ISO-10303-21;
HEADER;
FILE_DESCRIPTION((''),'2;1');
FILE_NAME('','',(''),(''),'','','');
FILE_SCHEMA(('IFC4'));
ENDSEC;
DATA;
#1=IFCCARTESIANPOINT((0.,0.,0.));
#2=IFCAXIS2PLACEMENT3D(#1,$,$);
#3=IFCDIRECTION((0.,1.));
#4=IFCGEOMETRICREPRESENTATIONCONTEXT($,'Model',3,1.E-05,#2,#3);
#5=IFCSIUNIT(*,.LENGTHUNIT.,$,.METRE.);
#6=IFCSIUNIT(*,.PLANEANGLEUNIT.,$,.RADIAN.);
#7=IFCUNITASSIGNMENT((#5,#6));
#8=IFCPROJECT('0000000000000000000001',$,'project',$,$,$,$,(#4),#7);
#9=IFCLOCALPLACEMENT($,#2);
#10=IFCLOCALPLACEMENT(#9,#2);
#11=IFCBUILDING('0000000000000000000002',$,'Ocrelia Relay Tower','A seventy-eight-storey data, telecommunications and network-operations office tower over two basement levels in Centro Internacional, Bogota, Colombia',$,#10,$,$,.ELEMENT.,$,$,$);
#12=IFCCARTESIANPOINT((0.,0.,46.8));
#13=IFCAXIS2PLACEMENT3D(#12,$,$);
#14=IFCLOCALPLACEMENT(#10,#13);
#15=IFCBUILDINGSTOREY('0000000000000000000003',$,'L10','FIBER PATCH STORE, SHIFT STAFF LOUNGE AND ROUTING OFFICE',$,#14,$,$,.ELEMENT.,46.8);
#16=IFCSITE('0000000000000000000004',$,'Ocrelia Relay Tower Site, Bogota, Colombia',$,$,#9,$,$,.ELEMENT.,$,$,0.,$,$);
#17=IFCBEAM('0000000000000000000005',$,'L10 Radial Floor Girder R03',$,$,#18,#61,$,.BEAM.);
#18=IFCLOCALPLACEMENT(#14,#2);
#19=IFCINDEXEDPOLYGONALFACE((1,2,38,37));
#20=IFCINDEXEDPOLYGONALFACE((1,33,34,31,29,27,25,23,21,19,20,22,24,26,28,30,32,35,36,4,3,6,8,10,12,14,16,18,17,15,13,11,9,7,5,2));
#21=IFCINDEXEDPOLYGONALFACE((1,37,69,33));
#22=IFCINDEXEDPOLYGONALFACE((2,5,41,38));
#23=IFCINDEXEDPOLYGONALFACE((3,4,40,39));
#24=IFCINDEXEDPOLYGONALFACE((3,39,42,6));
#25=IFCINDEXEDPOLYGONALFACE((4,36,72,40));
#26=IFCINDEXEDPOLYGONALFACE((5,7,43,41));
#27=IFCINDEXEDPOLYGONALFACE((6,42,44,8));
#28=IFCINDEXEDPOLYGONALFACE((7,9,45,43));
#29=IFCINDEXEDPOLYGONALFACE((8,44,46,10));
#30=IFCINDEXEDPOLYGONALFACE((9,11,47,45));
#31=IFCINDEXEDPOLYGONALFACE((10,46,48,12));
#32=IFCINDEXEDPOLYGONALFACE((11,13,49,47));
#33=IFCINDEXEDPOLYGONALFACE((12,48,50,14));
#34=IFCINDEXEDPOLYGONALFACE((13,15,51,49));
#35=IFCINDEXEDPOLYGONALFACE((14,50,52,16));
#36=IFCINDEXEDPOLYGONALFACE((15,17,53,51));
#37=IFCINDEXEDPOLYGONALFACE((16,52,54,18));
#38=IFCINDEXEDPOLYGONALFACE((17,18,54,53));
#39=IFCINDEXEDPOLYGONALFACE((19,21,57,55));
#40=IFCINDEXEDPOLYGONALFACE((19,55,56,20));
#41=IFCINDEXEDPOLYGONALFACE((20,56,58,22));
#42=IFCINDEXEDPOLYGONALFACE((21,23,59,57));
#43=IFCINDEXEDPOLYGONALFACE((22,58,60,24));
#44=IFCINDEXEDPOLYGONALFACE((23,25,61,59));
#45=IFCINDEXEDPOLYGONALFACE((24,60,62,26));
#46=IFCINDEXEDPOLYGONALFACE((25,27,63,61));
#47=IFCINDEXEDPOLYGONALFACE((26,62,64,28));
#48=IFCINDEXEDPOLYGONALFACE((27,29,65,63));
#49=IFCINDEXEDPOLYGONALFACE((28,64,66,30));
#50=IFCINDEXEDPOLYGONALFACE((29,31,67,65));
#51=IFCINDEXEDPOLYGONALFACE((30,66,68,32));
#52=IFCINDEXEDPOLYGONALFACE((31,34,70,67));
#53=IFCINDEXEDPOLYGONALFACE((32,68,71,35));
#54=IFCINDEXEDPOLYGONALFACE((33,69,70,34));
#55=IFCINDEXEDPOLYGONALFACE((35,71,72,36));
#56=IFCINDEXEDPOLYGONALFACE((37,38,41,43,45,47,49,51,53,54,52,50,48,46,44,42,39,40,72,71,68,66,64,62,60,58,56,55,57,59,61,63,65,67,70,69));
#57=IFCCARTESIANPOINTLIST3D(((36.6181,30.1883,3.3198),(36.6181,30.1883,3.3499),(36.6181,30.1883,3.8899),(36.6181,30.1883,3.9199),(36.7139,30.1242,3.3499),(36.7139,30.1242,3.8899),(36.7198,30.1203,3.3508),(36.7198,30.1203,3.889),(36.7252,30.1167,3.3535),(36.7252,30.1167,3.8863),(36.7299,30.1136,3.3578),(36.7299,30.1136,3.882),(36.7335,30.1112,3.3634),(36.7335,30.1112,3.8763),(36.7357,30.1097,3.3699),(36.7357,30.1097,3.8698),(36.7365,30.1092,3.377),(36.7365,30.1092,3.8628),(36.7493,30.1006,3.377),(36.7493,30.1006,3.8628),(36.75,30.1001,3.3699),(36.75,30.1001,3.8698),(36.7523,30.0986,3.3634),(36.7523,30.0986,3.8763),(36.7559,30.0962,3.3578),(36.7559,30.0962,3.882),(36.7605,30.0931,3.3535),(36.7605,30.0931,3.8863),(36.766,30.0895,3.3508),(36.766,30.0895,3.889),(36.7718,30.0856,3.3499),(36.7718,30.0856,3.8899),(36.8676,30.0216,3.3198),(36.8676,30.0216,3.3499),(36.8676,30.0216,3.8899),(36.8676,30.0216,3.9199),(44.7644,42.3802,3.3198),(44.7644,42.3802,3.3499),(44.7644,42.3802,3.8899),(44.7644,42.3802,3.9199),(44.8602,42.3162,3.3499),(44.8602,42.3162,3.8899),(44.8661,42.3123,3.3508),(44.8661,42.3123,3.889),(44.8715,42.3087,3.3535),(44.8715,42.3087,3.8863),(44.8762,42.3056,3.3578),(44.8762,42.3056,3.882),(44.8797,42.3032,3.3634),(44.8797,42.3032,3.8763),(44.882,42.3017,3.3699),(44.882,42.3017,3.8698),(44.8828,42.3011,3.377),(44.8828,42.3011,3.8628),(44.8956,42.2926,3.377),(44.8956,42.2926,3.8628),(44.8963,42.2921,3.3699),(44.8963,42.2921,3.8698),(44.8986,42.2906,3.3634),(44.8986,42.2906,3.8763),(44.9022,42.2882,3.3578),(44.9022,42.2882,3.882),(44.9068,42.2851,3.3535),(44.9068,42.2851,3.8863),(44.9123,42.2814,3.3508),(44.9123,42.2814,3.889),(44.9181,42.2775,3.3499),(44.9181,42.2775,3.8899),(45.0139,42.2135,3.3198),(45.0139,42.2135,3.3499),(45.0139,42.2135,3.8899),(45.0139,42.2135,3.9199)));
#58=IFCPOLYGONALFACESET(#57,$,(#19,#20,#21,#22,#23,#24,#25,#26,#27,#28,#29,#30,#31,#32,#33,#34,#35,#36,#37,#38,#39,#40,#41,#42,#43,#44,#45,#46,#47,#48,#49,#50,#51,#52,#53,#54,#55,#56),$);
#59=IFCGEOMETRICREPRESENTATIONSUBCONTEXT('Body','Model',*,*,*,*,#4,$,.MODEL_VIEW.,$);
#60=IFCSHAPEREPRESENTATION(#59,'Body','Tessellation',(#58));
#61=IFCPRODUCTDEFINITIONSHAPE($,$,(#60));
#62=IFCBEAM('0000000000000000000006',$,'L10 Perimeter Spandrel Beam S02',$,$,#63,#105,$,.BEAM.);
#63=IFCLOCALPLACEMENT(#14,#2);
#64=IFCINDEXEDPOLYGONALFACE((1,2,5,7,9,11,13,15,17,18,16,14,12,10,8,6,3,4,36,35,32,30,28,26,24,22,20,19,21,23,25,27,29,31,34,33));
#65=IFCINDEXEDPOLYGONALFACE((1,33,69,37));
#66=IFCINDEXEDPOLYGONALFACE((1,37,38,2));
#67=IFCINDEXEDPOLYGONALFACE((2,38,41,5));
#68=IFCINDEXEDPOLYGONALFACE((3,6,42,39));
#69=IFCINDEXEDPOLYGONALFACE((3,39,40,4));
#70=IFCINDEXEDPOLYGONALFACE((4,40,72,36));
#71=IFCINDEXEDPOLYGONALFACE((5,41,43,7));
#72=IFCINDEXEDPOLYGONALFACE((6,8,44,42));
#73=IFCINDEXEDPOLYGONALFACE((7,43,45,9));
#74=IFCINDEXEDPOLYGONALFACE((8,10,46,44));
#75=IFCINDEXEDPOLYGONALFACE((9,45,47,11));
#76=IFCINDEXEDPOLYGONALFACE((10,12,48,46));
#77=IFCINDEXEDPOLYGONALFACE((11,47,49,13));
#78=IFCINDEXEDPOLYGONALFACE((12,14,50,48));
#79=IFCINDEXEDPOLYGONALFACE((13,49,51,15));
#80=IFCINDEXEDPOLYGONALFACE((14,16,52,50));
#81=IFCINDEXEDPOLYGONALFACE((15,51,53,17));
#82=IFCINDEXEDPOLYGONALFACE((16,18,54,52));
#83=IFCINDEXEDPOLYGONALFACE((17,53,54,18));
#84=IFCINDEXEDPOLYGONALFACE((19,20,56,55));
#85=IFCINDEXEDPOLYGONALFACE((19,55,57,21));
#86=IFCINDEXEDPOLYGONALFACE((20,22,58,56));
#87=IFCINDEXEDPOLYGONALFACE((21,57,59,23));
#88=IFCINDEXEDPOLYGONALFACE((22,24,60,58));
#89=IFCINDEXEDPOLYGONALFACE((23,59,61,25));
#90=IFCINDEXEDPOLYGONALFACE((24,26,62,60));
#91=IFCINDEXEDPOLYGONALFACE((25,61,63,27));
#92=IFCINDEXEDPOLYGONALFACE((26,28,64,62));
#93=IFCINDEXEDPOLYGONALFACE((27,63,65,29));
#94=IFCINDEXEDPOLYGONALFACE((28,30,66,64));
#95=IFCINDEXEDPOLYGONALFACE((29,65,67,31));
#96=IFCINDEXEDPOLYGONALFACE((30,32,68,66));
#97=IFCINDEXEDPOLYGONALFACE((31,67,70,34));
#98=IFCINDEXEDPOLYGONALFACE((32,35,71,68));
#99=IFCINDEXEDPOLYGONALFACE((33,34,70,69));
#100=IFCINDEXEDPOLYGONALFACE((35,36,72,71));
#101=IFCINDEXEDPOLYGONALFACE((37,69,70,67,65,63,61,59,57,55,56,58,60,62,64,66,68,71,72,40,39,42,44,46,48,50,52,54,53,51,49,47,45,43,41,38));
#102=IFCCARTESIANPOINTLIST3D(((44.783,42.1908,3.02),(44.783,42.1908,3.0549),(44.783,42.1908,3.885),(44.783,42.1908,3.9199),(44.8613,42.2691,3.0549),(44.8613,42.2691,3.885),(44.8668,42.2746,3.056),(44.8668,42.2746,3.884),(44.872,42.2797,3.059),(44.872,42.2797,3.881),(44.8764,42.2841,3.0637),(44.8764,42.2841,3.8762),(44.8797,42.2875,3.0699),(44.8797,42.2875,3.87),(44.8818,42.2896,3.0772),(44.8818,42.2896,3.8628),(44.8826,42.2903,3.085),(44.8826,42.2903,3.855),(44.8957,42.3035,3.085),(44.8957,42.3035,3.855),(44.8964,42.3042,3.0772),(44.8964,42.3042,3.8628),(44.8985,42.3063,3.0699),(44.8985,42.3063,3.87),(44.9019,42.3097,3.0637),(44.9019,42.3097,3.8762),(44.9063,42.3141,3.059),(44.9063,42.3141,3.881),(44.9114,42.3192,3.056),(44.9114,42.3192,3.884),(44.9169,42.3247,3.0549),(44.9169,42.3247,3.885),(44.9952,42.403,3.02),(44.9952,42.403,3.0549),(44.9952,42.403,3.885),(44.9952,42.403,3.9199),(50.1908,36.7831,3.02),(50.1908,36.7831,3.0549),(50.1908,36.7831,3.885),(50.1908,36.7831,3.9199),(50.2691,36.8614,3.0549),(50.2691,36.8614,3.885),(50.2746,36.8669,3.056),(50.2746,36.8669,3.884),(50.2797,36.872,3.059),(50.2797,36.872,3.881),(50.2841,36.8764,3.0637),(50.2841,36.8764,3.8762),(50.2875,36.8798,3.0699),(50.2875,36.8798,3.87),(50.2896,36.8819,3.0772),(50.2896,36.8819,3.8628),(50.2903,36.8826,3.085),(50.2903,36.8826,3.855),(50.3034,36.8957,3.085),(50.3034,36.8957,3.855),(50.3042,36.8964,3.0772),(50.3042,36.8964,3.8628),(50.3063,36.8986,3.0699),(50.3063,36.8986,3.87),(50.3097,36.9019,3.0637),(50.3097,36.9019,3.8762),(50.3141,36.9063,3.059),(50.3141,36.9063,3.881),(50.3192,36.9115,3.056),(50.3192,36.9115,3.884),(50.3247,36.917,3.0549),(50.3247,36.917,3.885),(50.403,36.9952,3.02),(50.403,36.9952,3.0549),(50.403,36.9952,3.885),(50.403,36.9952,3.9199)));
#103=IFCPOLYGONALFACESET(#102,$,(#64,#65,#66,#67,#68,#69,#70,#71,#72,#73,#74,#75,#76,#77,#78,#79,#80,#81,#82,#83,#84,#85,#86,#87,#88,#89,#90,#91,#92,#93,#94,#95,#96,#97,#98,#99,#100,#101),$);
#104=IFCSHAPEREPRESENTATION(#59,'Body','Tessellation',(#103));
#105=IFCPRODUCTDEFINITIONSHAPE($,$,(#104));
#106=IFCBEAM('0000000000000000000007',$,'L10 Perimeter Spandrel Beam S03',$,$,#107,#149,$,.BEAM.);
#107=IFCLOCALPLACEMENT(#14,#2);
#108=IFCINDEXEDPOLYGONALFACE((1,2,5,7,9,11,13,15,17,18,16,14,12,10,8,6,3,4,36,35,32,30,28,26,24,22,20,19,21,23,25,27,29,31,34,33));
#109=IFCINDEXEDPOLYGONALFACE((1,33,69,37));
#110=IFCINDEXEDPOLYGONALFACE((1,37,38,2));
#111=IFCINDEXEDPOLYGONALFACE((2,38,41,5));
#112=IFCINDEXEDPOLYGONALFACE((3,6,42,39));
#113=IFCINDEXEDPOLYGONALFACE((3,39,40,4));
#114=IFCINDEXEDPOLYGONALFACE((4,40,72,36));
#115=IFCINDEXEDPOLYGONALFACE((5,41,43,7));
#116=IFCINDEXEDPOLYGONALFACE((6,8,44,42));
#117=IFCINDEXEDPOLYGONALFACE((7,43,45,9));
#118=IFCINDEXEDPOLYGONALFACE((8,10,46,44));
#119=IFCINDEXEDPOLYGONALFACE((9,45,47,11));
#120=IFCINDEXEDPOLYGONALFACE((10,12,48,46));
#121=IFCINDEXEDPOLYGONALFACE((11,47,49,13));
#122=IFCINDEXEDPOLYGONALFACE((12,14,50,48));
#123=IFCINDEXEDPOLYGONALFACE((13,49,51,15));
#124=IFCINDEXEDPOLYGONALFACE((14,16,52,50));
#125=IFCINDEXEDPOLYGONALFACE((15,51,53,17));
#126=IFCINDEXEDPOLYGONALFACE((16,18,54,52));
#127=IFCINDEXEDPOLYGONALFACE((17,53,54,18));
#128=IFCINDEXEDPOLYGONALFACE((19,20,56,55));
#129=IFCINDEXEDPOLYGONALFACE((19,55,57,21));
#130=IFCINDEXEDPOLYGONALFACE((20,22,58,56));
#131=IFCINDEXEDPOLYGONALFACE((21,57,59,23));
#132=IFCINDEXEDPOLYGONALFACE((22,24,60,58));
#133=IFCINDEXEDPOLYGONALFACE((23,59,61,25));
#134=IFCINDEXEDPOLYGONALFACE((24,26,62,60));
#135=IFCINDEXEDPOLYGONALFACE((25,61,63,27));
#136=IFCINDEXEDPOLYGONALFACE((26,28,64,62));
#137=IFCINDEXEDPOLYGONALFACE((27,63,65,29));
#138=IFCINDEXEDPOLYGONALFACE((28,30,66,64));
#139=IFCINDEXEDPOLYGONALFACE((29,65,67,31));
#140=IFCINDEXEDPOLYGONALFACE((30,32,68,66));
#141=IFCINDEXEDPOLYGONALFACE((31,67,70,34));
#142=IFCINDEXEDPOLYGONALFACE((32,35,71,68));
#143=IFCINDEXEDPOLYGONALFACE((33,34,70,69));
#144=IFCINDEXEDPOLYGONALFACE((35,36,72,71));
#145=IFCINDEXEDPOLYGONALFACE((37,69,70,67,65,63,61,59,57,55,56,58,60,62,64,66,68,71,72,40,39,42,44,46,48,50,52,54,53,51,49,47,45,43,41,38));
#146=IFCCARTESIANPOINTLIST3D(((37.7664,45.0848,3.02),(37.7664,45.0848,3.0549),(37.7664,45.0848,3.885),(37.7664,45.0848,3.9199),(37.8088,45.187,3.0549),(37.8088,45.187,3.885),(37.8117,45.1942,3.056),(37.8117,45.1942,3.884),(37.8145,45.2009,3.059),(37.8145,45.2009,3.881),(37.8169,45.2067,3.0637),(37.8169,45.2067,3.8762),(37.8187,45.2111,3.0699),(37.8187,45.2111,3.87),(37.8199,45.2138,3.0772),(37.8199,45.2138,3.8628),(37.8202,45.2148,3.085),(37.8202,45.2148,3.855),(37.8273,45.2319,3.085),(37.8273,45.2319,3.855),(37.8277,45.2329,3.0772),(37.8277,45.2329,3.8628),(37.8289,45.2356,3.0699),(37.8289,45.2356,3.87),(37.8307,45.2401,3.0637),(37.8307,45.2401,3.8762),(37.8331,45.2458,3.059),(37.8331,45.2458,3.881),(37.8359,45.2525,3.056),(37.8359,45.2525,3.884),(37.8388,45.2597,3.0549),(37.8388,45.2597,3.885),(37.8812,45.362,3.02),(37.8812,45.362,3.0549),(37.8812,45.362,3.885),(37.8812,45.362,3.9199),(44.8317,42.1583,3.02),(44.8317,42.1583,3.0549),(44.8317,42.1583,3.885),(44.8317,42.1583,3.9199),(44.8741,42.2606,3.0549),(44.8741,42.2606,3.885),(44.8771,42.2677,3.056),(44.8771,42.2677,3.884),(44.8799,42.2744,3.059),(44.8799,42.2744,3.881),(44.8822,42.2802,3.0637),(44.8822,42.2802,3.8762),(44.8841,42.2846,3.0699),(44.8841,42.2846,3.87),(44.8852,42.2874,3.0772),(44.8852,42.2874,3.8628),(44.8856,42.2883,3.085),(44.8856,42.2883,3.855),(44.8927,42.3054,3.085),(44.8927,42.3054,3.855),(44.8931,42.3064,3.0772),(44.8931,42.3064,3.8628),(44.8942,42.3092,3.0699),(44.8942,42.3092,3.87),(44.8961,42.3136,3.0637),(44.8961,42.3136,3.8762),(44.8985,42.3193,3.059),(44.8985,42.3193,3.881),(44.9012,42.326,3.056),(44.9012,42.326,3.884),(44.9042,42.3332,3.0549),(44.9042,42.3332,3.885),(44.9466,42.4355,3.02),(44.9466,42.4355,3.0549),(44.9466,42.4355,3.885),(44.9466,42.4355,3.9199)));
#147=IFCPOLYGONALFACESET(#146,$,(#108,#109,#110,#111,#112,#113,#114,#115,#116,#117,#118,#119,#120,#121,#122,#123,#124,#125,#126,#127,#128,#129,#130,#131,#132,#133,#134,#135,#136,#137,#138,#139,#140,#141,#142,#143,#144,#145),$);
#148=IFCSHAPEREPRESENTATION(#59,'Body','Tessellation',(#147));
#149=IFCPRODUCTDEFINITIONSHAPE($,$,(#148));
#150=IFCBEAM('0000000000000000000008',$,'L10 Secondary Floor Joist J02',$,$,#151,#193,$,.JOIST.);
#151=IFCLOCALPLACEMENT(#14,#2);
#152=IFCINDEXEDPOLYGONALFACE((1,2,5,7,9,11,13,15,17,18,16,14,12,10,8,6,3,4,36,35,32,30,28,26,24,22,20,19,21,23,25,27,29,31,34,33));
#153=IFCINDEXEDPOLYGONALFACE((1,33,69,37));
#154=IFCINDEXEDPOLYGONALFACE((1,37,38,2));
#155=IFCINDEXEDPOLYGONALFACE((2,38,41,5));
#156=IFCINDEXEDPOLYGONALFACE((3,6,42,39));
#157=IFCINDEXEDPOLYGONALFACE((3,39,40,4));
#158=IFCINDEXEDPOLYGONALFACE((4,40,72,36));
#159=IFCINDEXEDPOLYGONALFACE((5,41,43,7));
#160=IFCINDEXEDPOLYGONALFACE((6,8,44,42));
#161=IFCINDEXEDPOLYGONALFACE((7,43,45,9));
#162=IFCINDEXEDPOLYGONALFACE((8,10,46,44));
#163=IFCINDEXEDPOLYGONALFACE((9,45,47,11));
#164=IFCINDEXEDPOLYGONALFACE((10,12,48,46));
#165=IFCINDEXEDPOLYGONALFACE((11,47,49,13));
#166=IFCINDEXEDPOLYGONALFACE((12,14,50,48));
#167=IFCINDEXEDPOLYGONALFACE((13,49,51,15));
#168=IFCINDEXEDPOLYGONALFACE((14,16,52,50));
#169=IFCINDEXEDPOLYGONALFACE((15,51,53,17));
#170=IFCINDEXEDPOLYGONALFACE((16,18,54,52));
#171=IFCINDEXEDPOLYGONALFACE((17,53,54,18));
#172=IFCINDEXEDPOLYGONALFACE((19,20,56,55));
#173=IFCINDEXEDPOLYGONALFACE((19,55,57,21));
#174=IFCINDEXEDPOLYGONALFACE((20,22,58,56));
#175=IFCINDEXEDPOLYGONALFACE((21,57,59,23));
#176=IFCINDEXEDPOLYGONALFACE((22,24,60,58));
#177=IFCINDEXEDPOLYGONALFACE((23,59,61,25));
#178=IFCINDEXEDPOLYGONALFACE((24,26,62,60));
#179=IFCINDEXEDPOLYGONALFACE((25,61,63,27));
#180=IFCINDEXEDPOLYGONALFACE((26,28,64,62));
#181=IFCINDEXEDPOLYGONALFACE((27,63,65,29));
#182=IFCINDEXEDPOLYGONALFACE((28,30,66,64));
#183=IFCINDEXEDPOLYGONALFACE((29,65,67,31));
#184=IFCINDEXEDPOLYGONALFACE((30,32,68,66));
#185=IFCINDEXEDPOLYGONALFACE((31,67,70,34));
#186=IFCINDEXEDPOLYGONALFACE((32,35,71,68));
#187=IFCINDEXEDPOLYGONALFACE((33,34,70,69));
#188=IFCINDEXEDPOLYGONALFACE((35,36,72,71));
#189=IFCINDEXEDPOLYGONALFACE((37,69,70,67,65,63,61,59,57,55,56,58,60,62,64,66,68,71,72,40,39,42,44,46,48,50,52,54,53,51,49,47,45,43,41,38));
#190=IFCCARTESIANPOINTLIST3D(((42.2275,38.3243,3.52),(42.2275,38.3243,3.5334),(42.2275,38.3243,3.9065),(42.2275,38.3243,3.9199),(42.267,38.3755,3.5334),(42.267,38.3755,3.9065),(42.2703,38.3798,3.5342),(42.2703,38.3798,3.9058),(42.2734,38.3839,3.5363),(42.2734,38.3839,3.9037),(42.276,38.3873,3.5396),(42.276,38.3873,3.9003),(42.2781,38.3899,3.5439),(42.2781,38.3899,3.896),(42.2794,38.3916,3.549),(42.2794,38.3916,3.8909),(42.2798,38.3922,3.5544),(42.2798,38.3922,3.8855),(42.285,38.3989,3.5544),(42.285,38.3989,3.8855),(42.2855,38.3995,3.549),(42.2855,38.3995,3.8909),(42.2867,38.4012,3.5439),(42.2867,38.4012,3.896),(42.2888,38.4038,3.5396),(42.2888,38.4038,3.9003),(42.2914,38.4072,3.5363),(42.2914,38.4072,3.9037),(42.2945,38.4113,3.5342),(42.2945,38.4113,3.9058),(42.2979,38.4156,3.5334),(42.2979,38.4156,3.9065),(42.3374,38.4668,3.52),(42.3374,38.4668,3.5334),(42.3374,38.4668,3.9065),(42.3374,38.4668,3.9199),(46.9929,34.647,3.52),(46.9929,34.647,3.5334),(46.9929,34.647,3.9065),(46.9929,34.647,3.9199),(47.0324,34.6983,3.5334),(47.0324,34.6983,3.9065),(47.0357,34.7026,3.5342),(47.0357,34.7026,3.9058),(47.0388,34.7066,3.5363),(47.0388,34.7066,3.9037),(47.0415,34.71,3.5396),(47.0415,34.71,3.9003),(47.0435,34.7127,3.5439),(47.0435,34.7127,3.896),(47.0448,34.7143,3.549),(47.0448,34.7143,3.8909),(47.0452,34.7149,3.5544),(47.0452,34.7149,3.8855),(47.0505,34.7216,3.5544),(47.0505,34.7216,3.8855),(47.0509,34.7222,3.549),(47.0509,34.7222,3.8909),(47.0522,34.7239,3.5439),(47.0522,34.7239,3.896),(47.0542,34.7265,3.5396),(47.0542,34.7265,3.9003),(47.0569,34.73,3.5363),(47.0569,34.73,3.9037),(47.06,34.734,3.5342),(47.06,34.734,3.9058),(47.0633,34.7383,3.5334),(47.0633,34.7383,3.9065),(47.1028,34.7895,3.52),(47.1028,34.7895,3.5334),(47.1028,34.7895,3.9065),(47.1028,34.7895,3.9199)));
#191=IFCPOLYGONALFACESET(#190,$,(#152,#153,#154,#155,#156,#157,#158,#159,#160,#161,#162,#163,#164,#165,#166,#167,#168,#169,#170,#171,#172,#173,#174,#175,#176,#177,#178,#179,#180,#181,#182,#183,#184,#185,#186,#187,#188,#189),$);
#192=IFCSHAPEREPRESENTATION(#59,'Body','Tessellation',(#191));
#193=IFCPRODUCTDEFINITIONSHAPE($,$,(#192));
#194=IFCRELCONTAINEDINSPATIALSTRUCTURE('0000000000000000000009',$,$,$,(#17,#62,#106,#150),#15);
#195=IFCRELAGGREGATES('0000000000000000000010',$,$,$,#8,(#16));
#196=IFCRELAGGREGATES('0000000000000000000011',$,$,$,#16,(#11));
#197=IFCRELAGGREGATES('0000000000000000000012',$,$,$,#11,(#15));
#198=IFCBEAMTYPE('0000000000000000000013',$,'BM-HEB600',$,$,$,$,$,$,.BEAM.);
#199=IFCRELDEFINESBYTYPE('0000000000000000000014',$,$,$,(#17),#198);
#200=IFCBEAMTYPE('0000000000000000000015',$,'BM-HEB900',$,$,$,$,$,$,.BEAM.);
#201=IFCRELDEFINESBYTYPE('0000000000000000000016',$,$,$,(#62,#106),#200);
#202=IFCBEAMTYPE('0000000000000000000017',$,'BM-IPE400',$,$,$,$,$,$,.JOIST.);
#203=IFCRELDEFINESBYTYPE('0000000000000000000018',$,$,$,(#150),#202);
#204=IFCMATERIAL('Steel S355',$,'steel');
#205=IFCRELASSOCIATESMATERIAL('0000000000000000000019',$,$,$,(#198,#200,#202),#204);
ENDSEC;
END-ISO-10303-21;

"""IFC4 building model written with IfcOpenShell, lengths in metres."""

from ifc_helpers import new_model, si_unit, direction, frame, origin, origin_2d, place, context, subcontext, project, spatial, i_section, extrude, material, material_profile, profile_set, type_object, element, save


model = new_model("IFC4")

# Units and contexts
model_context = context("Model", 3, precision=1e-05, world=origin(), true_north=direction((0.0, 1.0)))
body_context = subcontext(model_context, "Body", "Model", "MODEL_VIEW")
ifc_project = project(units=[si_unit("LENGTHUNIT", "METRE"), si_unit("PLANEANGLEUNIT", "RADIAN")], contexts=[model_context])

# Site, building, storey
site_placement = place(None, origin())
site = spatial("IfcSite", under=ifc_project, at=site_placement, Name="Ocrelia Relay Tower Site, Bogota, Colombia", CompositionType="ELEMENT", RefElevation=0.0)
building_placement = place(site_placement, origin())
building = spatial("IfcBuilding", under=site, at=building_placement, Name="Ocrelia Relay Tower", Description="A seventy-eight-storey data, telecommunications and network-operations office tower over two basement levels in Centro Internacional, Bogota, Colombia", CompositionType="ELEMENT")
storey_placement = place(building_placement, frame((0.0, 0.0, 46.8)))
storey = spatial("IfcBuildingStorey", under=building, at=storey_placement, Name="L10", Description="FIBER PATCH STORE, SHIFT STAFF LOUNGE AND ROUTING OFFICE", CompositionType="ELEMENT", Elevation=46.8)

# Beams
ifc_material_1 = material(Name="Steel S355", Category="steel")
ifc_material_profile_1 = material_profile(ifc_material_1, i_section(OverallWidth=0.3, OverallDepth=0.6001, WebThickness=0.0154, FlangeThickness=0.03, FilletRadius=0.0271, at=origin_2d()), Name="HEB 600")
ifc_profile_set_1 = profile_set([ifc_material_profile_1], Name="Steel S355")
beam_type_1 = type_object("IfcBeamType", Name="BM-HEB600", PredefinedType="BEAM", material=ifc_profile_set_1)
beam_1_placement = place(storey_placement, frame((44.8892, 42.2969, 3.6199), z_axis=(-0.555564, -0.831473, 0.0), x_axis=(0.831473, -0.555564, 0.0)))
element("IfcBeam", 1, at=beam_1_placement, inside=storey, type_object=beam_type_1, Name="L10 Radial Floor Girder R03", PredefinedType="BEAM", context=body_context, shape_type="SweptSolid", body=[
    extrude(i_section(OverallWidth=0.3, OverallDepth=0.6001, WebThickness=0.0154, FlangeThickness=0.03, FilletRadius=0.0271, at=origin_2d()), origin(), (0.0, 0.0, 1.0), 14.6631),
])
ifc_material_profile_2 = material_profile(ifc_material_1, i_section(OverallWidth=0.3, OverallDepth=0.8999, WebThickness=0.0186, FlangeThickness=0.0349, FilletRadius=0.03, at=origin_2d()), Name="HEB 900")
ifc_profile_set_2 = profile_set([ifc_material_profile_2], Name="Steel S355")
beam_type_2 = type_object("IfcBeamType", Name="BM-HEB900", PredefinedType="BEAM", material=ifc_profile_set_2)
beam_2_placement = place(storey_placement, frame((50.2969, 36.8892, 3.47), z_axis=(-0.707107, 0.707107, 0.0), x_axis=(-0.707107, -0.707107, 0.0)))
element("IfcBeam", 2, at=beam_2_placement, inside=storey, type_object=beam_type_2, Name="L10 Perimeter Spandrel Beam S02", PredefinedType="BEAM", context=body_context, shape_type="SweptSolid", body=[
    extrude(i_section(OverallWidth=0.3, OverallDepth=0.8999, WebThickness=0.0186, FlangeThickness=0.0349, FilletRadius=0.03, at=origin_2d()), origin(), (0.0, 0.0, 1.0), 7.6477),
])
beam_3_placement = place(storey_placement, frame((44.8892, 42.2969, 3.47), z_axis=(-0.923883, 0.382674, 0.0), x_axis=(-0.382674, -0.923883, 0.0)))
element("IfcBeam", 3, at=beam_3_placement, inside=storey, type_object=beam_type_2, Name="L10 Perimeter Spandrel Beam S03", PredefinedType="BEAM", context=body_context, shape_type="SweptSolid", body=[
    extrude(i_section(OverallWidth=0.3, OverallDepth=0.8999, WebThickness=0.0186, FlangeThickness=0.0349, FilletRadius=0.03, at=origin_2d()), origin(), (0.0, 0.0, 1.0), 7.6475),
])
ifc_material_profile_3 = material_profile(ifc_material_1, i_section(OverallWidth=0.1799, OverallDepth=0.3999, WebThickness=0.0085, FlangeThickness=0.0134, FilletRadius=0.021, at=origin_2d()), Name="IPE 400")
ifc_profile_set_3 = profile_set([ifc_material_profile_3], Name="Steel S355")
beam_type_3 = type_object("IfcBeamType", Name="BM-IPE400", PredefinedType="JOIST", material=ifc_profile_set_3)
beam_4_placement = place(storey_placement, frame((47.0479, 34.7183, 3.72), z_axis=(-0.791694, 0.610918, 0.0), x_axis=(-0.610918, -0.791694, 0.0)))
element("IfcBeam", 4, at=beam_4_placement, inside=storey, type_object=beam_type_3, Name="L10 Secondary Floor Joist J02", PredefinedType="JOIST", context=body_context, shape_type="SweptSolid", body=[
    extrude(i_section(OverallWidth=0.1799, OverallDepth=0.3999, WebThickness=0.0085, FlangeThickness=0.0134, FilletRadius=0.021, at=origin_2d()), origin(), (0.0, 0.0, 1.0), 6.0193),
])

save(model, "model.ifc")
